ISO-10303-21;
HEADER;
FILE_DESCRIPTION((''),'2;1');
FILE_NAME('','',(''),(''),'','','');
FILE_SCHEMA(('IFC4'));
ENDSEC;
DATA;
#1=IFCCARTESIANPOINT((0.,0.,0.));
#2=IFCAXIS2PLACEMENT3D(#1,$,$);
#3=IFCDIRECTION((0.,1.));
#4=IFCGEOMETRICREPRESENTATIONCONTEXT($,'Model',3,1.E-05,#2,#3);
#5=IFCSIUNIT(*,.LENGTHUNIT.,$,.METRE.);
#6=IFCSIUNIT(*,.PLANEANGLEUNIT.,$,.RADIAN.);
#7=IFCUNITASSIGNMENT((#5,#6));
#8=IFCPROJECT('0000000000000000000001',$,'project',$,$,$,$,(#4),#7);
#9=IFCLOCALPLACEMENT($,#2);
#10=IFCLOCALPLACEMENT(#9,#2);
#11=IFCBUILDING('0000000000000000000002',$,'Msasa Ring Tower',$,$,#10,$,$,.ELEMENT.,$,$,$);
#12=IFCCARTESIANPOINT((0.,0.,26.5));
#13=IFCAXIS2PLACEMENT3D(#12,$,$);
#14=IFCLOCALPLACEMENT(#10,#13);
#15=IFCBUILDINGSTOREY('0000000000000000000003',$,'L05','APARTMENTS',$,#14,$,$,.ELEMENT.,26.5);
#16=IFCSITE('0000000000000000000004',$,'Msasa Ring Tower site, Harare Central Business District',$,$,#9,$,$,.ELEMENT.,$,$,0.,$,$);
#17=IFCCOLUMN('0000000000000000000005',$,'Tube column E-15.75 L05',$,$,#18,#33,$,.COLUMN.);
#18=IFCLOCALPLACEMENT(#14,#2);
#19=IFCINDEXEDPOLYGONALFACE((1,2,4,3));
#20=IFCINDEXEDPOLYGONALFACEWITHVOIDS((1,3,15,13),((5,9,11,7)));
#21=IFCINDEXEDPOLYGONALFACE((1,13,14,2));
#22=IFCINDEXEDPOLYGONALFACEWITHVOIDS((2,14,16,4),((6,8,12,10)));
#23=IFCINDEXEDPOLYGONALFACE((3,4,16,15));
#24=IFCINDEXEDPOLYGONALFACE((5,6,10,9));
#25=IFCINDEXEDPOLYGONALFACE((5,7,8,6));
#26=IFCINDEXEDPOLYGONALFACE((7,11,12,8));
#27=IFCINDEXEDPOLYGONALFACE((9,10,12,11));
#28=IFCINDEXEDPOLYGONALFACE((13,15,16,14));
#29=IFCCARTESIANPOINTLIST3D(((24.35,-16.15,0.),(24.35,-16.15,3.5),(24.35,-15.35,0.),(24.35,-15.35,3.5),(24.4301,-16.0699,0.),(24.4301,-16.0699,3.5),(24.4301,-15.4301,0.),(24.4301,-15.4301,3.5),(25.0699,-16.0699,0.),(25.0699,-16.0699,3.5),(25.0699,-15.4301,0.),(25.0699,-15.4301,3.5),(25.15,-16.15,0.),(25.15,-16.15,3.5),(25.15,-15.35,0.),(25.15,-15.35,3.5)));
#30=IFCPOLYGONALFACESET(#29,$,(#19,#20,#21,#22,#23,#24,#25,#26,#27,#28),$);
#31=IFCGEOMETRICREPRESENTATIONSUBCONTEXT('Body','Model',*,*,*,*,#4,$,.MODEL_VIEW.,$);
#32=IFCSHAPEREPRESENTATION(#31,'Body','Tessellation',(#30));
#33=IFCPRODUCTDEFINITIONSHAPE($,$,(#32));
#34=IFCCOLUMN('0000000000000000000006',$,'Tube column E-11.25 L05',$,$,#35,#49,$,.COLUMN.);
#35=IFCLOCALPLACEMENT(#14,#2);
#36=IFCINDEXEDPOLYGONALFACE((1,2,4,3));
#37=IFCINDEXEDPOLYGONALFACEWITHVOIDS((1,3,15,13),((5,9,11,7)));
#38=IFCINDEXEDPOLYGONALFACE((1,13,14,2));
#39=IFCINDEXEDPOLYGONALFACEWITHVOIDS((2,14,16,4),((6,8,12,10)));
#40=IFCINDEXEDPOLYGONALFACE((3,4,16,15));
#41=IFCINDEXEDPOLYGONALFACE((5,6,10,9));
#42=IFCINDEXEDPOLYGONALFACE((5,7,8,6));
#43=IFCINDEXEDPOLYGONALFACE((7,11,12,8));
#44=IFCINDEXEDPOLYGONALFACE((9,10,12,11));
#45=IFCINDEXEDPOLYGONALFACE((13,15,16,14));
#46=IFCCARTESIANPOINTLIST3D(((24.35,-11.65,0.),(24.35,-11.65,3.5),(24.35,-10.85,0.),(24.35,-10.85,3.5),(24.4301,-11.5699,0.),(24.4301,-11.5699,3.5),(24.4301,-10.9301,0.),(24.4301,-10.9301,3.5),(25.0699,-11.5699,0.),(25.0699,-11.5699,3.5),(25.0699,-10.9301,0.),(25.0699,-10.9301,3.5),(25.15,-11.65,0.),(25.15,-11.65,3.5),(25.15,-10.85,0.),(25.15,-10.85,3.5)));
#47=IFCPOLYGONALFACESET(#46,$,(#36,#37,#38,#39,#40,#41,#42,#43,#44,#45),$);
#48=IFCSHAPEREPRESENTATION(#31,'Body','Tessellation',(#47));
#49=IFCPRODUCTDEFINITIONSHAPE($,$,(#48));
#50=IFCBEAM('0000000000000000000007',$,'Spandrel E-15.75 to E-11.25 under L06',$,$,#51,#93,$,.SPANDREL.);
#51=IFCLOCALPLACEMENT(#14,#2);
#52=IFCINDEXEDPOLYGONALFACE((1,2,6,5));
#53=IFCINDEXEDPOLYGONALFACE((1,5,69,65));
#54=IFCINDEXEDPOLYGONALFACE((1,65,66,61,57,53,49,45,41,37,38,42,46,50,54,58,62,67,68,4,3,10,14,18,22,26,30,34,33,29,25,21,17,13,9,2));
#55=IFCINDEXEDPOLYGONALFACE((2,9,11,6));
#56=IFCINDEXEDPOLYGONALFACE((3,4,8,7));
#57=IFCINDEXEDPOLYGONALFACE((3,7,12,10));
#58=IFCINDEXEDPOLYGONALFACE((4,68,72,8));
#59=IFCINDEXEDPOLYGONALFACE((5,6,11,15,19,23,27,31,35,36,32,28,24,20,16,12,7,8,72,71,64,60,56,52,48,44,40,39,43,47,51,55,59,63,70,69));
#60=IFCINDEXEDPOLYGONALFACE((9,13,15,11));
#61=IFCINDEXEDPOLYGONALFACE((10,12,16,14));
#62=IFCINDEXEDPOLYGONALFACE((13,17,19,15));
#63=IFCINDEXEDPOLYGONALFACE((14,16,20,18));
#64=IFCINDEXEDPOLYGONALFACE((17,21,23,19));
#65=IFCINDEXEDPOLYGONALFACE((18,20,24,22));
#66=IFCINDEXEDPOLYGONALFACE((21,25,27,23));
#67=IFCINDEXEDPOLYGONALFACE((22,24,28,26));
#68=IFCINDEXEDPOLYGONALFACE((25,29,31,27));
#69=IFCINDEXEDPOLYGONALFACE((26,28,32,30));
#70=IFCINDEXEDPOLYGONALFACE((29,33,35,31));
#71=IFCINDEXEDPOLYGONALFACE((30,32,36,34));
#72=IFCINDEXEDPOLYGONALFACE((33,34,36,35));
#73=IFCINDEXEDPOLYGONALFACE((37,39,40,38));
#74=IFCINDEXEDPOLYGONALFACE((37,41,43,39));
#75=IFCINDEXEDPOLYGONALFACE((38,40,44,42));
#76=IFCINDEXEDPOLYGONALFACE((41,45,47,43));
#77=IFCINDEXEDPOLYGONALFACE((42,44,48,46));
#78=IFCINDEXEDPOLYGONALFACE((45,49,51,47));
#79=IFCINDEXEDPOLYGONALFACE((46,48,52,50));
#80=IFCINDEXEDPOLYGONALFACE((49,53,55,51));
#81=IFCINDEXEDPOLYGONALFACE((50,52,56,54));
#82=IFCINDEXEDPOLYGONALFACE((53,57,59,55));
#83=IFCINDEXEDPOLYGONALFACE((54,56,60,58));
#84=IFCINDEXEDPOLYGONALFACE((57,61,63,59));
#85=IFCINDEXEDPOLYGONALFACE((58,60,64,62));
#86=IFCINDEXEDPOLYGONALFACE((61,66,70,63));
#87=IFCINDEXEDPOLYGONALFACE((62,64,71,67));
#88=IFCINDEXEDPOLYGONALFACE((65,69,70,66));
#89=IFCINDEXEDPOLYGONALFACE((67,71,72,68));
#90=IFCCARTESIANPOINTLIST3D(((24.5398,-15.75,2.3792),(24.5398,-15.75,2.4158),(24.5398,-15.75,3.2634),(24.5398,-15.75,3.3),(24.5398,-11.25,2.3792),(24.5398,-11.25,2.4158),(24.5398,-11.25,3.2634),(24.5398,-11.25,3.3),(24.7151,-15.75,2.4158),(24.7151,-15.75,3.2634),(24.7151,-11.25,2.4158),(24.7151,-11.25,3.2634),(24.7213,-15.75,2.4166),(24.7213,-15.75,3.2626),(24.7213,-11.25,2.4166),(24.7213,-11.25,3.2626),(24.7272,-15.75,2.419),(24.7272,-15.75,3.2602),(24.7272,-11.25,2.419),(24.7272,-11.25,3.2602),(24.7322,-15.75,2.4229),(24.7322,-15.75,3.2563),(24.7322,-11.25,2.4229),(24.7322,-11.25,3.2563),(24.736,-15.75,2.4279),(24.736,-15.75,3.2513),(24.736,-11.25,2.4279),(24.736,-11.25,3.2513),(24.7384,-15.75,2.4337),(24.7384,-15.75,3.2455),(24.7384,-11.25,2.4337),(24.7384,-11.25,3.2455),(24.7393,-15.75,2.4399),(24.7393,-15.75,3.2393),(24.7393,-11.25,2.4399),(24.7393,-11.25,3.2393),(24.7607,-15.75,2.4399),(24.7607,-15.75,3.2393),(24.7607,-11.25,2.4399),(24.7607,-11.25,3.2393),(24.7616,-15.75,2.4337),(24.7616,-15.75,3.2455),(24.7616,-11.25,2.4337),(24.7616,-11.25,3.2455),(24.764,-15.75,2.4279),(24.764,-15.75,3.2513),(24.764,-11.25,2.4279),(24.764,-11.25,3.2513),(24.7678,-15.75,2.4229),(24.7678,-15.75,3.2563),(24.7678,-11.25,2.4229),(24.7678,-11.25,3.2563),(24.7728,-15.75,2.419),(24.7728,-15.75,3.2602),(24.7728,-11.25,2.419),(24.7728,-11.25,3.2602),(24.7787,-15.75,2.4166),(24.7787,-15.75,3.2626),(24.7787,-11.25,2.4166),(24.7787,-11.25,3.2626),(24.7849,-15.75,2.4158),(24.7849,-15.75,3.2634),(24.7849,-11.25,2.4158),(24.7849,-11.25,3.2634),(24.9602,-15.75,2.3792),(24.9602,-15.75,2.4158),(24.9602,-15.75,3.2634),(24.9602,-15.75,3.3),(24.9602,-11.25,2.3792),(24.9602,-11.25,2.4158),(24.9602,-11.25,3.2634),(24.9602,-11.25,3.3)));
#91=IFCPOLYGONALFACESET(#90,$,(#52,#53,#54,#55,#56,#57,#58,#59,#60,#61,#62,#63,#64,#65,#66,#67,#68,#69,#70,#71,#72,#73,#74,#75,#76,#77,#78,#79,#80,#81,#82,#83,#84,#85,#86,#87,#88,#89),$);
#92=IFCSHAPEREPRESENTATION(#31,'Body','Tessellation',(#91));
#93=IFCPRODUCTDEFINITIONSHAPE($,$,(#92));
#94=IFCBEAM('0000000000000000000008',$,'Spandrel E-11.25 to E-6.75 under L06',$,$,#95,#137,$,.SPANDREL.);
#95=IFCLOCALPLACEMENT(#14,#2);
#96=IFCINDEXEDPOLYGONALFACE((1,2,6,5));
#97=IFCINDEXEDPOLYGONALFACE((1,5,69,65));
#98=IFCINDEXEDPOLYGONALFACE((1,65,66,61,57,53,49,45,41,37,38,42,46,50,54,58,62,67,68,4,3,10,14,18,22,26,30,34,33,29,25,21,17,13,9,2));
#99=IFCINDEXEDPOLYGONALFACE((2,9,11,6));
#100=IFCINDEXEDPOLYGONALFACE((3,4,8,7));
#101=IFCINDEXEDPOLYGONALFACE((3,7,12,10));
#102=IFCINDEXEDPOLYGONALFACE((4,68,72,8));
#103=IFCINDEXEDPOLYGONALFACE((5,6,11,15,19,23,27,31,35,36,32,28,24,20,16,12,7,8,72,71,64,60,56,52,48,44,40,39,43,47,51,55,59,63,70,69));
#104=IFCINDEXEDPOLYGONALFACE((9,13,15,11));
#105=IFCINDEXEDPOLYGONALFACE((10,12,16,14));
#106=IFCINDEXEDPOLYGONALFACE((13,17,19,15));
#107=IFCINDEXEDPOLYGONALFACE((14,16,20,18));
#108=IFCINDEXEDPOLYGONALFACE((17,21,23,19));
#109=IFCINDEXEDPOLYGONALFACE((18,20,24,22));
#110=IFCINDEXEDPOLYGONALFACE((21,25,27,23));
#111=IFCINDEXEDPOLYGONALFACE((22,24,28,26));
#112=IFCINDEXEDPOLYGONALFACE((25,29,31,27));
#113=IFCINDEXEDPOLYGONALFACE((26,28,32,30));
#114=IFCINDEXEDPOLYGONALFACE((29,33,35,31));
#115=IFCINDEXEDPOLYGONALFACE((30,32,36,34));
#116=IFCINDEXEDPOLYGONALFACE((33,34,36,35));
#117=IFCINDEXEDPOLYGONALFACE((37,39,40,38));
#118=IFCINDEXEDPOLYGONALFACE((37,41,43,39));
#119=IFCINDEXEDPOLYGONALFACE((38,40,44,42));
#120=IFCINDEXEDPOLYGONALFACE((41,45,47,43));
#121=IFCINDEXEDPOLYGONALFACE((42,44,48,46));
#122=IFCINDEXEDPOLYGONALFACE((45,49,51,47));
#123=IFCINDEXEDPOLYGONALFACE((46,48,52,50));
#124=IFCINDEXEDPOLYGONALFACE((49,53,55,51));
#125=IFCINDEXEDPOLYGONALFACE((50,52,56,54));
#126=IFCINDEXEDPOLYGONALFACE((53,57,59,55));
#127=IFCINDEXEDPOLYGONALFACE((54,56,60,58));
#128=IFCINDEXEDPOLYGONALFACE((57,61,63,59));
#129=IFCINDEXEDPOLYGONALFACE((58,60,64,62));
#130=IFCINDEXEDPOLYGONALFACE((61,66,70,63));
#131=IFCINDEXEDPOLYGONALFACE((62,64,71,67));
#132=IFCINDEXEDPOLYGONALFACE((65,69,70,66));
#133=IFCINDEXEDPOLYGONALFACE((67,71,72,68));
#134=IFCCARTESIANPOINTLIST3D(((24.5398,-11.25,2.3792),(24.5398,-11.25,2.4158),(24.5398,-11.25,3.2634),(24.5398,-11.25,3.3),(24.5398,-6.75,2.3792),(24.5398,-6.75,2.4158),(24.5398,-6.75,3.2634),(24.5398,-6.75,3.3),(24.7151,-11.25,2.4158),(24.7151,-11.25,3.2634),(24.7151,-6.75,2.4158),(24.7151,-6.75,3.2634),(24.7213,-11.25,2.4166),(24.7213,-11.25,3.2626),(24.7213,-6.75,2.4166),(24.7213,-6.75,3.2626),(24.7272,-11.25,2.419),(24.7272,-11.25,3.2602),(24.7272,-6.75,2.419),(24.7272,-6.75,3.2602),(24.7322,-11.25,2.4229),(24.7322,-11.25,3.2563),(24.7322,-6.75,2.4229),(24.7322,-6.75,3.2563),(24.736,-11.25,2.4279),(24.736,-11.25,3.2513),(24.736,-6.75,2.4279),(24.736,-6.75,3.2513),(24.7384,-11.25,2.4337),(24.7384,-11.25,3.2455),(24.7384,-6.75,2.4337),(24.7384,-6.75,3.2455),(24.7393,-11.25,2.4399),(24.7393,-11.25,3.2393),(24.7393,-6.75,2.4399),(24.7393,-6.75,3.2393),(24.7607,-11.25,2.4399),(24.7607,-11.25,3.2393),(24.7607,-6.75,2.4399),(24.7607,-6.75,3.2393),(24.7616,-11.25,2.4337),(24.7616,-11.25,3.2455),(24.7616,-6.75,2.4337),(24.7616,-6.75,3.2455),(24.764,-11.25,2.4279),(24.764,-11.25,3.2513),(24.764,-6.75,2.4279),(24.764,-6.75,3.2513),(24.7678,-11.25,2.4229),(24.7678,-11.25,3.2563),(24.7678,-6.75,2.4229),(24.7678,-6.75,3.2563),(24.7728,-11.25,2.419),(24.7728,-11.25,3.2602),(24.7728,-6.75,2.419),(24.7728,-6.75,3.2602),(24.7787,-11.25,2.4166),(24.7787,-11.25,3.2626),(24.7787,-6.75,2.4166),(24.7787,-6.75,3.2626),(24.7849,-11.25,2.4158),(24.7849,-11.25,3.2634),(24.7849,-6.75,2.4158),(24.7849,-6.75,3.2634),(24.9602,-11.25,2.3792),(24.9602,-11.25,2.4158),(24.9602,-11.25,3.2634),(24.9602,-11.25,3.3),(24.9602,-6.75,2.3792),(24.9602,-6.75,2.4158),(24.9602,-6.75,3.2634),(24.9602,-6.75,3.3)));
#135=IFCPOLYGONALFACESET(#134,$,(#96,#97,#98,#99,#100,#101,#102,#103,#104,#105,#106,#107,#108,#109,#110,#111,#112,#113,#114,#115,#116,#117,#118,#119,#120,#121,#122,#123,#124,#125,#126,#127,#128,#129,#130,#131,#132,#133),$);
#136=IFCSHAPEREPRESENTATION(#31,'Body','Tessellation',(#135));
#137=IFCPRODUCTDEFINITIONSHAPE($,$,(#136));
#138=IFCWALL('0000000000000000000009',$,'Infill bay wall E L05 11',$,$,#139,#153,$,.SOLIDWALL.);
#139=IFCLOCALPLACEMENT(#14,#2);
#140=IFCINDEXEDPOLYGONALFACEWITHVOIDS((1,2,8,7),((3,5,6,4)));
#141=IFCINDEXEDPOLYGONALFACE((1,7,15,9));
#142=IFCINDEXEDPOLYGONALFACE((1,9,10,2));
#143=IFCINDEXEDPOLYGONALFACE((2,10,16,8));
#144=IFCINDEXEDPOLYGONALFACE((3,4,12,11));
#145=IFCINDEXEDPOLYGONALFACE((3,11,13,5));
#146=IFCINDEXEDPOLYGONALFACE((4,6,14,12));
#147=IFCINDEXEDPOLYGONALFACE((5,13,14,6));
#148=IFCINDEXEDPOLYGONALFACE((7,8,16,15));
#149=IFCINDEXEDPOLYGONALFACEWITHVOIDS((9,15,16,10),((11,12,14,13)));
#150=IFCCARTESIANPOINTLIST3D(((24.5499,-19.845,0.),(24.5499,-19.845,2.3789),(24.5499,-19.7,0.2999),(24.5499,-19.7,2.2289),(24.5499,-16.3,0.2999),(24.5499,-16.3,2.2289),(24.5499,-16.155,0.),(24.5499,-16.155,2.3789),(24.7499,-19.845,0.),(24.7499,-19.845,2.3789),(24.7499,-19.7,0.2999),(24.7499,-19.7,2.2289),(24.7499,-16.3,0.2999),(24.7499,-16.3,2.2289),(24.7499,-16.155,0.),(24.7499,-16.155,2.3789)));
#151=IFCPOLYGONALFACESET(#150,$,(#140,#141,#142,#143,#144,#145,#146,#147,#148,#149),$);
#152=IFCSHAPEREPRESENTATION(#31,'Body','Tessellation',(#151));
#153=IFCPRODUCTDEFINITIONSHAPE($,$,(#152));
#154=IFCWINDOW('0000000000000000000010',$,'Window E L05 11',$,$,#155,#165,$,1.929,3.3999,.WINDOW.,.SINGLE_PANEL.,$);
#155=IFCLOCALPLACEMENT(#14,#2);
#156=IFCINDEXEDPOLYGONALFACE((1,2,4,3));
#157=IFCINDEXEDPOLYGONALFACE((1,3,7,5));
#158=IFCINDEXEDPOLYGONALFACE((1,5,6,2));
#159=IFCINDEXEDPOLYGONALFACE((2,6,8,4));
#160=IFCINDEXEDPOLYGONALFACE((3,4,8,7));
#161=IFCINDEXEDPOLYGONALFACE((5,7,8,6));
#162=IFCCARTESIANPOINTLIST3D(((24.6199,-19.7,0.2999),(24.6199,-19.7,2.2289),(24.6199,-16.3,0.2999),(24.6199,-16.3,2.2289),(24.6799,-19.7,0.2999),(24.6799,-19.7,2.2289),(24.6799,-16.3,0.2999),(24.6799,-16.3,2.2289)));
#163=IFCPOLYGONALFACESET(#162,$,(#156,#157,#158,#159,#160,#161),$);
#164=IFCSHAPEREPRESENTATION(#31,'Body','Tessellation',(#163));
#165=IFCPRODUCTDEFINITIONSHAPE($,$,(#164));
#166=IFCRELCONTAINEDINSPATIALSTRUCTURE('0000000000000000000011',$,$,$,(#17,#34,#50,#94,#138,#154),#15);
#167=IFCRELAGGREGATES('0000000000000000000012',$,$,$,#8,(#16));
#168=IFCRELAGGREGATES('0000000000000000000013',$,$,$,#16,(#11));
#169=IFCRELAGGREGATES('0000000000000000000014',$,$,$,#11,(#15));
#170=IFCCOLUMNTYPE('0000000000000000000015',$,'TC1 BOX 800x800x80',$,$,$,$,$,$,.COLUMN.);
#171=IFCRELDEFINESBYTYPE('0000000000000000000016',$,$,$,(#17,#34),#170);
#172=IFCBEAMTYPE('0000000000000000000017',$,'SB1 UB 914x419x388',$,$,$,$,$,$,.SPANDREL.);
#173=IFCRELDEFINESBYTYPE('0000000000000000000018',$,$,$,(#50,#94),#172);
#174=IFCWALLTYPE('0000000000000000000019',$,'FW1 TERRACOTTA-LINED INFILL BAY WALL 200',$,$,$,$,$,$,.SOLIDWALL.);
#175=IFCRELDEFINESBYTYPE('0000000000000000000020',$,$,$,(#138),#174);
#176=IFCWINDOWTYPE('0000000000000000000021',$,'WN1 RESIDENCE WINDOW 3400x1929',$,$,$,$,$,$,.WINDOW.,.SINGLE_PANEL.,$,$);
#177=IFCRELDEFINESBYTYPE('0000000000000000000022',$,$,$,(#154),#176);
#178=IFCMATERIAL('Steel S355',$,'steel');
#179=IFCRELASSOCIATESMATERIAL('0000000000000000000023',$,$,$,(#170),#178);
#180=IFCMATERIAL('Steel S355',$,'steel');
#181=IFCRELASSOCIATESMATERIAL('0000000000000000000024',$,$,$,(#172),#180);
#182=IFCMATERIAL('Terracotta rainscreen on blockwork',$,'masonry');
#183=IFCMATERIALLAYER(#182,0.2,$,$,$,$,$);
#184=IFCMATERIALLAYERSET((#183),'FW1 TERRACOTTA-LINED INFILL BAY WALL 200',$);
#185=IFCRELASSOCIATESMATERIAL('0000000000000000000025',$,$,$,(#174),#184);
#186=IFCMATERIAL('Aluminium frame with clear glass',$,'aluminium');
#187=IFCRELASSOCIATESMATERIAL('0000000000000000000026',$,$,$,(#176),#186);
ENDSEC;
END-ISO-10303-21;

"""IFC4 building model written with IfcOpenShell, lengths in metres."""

from ifc_helpers import new_model, si_unit, direction, frame, frame_2d, origin, origin_2d, place, context, subcontext, project, spatial, rectangle, hollow_rectangle, i_section, extrude, material, layer, layer_set, material_profile, profile_set, type_object, element, fill, save


model = new_model("IFC4")

# Units and contexts
model_context = context("Model", 3, precision=1e-05, world=origin(), true_north=direction((0.0, 1.0)))
body_context = subcontext(model_context, "Body", "Model", "MODEL_VIEW")
ifc_project = project(units=[si_unit("LENGTHUNIT", "METRE"), si_unit("PLANEANGLEUNIT", "RADIAN")], contexts=[model_context])

# Site, building, storey
site_placement = place(None, origin())
site = spatial("IfcSite", under=ifc_project, at=site_placement, Name="Msasa Ring Tower site, Harare Central Business District", CompositionType="ELEMENT", RefElevation=0.0)
building_placement = place(site_placement, origin())
building = spatial("IfcBuilding", under=site, at=building_placement, Name="Msasa Ring Tower", CompositionType="ELEMENT")
storey_placement = place(building_placement, frame((0.0, 0.0, 26.5)))
storey = spatial("IfcBuildingStorey", under=building, at=storey_placement, Name="L05", Description="APARTMENTS", CompositionType="ELEMENT", Elevation=26.5)

# Columns
ifc_material_1 = material(Name="Steel S355", Category="steel")
ifc_material_profile_1 = material_profile(ifc_material_1, hollow_rectangle(XDim=0.8, YDim=0.8, WallThickness=0.0801, at=origin_2d()), Name="BOX 800x800x80")
ifc_profile_set_1 = profile_set([ifc_material_profile_1], Name="Steel S355")
column_type = type_object("IfcColumnType", Name="TC1 BOX 800x800x80", PredefinedType="COLUMN", material=ifc_profile_set_1)
for number, where, z_axis, x_axis, name in (
    (1, (24.75, -15.75, 0.0), (0.0, 0.0, 1.0), (1.0, 0.0, 0.0), "Tube column E-15.75 L05"),
    (2, (24.75, -11.25, 0.0), (0.0, 0.0, 1.0), (1.0, 0.0, 0.0), "Tube column E-11.25 L05"),
):
    element("IfcColumn", number, at=place(storey_placement, frame(where, z_axis=z_axis, x_axis=x_axis)), inside=storey, type_object=column_type, Name=name, PredefinedType="COLUMN", context=body_context, shape_type="SweptSolid", body=[
        extrude(hollow_rectangle(XDim=0.8, YDim=0.8, WallThickness=0.0801, at=origin_2d()), origin(), (0.0, 0.0, 1.0), 3.5),
    ])

# Beams
ifc_material_2 = material(Name="Steel S355", Category="steel")
ifc_material_profile_2 = material_profile(ifc_material_2, i_section(OverallWidth=0.4204, OverallDepth=0.9209, WebThickness=0.0215, FlangeThickness=0.0366, FilletRadius=0.0242, at=origin_2d()), Name="UB 914x419x388")
ifc_profile_set_2 = profile_set([ifc_material_profile_2], Name="Steel S355")
beam_type = type_object("IfcBeamType", Name="SB1 UB 914x419x388", PredefinedType="SPANDREL", material=ifc_profile_set_2)
for number, where, z_axis, x_axis, name in (
    (3, (24.75, -15.75, 2.8396), (0.0, 1.0, 0.0), (-1.0, 0.0, 0.0), "Spandrel E-15.75 to E-11.25 under L06"),
    (4, (24.75, -11.25, 2.8396), (0.0, 1.0, 0.0), (-1.0, 0.0, 0.0), "Spandrel E-11.25 to E-6.75 under L06"),
):
    element("IfcBeam", number, at=place(storey_placement, frame(where, z_axis=z_axis, x_axis=x_axis)), inside=storey, type_object=beam_type, Name=name, PredefinedType="SPANDREL", context=body_context, shape_type="SweptSolid", body=[
        extrude(i_section(OverallWidth=0.4204, OverallDepth=0.9209, WebThickness=0.0215, FlangeThickness=0.0366, FilletRadius=0.0242, at=origin_2d()), origin(), (0.0, 0.0, 1.0), 4.5),
    ])

# Wall, opening, window
ifc_material_3 = material(Name="Terracotta rainscreen on blockwork", Category="masonry")
ifc_layer_1 = layer(ifc_material_3, 0.2)
ifc_layer_set_1 = layer_set([ifc_layer_1], Name="FW1 TERRACOTTA-LINED INFILL BAY WALL 200")
wall_type_1 = type_object("IfcWallType", Name="FW1 TERRACOTTA-LINED INFILL BAY WALL 200", PredefinedType="SOLIDWALL", material=ifc_layer_set_1)
wall_1_placement = place(storey_placement, frame((24.6499, -19.845, 0.0), z_axis=(0.0, 0.0, 1.0), x_axis=(0.0, 1.0, 0.0)))
wall_1 = element("IfcWall", 5, at=wall_1_placement, inside=storey, type_object=wall_type_1, Name="Infill bay wall E L05 11", PredefinedType="SOLIDWALL", context=body_context, shape_type="SweptSolid", body=[
    extrude(rectangle(XDim=3.6899, YDim=0.2, at=frame_2d((1.845, 0.0))), origin(), (0.0, 0.0, 1.0), 2.3789),
])
opening_1_placement = place(wall_1_placement, frame((0.145, 0.0, 0.3)))
opening_1 = element("IfcOpeningElement", 6, at=opening_1_placement, cuts=wall_1, PredefinedType="OPENING", context=body_context, shape_type="SweptSolid", body=[
    extrude(rectangle(XDim=3.3999, YDim=1.929, at=frame_2d((1.7, 0.9644))), frame((0.0, 0.1099, 0.0), z_axis=(0.0, -1.0, 0.0), x_axis=(1.0, 0.0, 0.0)), (0.0, 0.0, 1.0), 0.22),
])
ifc_material_4 = material(Name="Aluminium frame with clear glass", Category="aluminium")
window_type = type_object("IfcWindowType", Name="WN1 RESIDENCE WINDOW 3400x1929", PartitioningType="SINGLE_PANEL", PredefinedType="WINDOW", material=ifc_material_4)
window_1_placement = place(opening_1_placement, origin())
window_1 = element("IfcWindow", 7, at=window_1_placement, inside=storey, type_object=window_type, Name="Window E L05 11", OverallHeight=1.929, OverallWidth=3.3999, PartitioningType="SINGLE_PANEL", PredefinedType="WINDOW", context=body_context, shape_type="SweptSolid", body=[
    extrude(rectangle(XDim=3.3999, YDim=1.929, at=frame_2d((1.7, 0.9644))), frame((0.0, 0.03, 0.0), z_axis=(0.0, -1.0, 0.0), x_axis=(1.0, 0.0, 0.0)), (0.0, 0.0, 1.0), 0.0601),
])
fill(opening_1, window_1)

save(model, "model.ifc")
